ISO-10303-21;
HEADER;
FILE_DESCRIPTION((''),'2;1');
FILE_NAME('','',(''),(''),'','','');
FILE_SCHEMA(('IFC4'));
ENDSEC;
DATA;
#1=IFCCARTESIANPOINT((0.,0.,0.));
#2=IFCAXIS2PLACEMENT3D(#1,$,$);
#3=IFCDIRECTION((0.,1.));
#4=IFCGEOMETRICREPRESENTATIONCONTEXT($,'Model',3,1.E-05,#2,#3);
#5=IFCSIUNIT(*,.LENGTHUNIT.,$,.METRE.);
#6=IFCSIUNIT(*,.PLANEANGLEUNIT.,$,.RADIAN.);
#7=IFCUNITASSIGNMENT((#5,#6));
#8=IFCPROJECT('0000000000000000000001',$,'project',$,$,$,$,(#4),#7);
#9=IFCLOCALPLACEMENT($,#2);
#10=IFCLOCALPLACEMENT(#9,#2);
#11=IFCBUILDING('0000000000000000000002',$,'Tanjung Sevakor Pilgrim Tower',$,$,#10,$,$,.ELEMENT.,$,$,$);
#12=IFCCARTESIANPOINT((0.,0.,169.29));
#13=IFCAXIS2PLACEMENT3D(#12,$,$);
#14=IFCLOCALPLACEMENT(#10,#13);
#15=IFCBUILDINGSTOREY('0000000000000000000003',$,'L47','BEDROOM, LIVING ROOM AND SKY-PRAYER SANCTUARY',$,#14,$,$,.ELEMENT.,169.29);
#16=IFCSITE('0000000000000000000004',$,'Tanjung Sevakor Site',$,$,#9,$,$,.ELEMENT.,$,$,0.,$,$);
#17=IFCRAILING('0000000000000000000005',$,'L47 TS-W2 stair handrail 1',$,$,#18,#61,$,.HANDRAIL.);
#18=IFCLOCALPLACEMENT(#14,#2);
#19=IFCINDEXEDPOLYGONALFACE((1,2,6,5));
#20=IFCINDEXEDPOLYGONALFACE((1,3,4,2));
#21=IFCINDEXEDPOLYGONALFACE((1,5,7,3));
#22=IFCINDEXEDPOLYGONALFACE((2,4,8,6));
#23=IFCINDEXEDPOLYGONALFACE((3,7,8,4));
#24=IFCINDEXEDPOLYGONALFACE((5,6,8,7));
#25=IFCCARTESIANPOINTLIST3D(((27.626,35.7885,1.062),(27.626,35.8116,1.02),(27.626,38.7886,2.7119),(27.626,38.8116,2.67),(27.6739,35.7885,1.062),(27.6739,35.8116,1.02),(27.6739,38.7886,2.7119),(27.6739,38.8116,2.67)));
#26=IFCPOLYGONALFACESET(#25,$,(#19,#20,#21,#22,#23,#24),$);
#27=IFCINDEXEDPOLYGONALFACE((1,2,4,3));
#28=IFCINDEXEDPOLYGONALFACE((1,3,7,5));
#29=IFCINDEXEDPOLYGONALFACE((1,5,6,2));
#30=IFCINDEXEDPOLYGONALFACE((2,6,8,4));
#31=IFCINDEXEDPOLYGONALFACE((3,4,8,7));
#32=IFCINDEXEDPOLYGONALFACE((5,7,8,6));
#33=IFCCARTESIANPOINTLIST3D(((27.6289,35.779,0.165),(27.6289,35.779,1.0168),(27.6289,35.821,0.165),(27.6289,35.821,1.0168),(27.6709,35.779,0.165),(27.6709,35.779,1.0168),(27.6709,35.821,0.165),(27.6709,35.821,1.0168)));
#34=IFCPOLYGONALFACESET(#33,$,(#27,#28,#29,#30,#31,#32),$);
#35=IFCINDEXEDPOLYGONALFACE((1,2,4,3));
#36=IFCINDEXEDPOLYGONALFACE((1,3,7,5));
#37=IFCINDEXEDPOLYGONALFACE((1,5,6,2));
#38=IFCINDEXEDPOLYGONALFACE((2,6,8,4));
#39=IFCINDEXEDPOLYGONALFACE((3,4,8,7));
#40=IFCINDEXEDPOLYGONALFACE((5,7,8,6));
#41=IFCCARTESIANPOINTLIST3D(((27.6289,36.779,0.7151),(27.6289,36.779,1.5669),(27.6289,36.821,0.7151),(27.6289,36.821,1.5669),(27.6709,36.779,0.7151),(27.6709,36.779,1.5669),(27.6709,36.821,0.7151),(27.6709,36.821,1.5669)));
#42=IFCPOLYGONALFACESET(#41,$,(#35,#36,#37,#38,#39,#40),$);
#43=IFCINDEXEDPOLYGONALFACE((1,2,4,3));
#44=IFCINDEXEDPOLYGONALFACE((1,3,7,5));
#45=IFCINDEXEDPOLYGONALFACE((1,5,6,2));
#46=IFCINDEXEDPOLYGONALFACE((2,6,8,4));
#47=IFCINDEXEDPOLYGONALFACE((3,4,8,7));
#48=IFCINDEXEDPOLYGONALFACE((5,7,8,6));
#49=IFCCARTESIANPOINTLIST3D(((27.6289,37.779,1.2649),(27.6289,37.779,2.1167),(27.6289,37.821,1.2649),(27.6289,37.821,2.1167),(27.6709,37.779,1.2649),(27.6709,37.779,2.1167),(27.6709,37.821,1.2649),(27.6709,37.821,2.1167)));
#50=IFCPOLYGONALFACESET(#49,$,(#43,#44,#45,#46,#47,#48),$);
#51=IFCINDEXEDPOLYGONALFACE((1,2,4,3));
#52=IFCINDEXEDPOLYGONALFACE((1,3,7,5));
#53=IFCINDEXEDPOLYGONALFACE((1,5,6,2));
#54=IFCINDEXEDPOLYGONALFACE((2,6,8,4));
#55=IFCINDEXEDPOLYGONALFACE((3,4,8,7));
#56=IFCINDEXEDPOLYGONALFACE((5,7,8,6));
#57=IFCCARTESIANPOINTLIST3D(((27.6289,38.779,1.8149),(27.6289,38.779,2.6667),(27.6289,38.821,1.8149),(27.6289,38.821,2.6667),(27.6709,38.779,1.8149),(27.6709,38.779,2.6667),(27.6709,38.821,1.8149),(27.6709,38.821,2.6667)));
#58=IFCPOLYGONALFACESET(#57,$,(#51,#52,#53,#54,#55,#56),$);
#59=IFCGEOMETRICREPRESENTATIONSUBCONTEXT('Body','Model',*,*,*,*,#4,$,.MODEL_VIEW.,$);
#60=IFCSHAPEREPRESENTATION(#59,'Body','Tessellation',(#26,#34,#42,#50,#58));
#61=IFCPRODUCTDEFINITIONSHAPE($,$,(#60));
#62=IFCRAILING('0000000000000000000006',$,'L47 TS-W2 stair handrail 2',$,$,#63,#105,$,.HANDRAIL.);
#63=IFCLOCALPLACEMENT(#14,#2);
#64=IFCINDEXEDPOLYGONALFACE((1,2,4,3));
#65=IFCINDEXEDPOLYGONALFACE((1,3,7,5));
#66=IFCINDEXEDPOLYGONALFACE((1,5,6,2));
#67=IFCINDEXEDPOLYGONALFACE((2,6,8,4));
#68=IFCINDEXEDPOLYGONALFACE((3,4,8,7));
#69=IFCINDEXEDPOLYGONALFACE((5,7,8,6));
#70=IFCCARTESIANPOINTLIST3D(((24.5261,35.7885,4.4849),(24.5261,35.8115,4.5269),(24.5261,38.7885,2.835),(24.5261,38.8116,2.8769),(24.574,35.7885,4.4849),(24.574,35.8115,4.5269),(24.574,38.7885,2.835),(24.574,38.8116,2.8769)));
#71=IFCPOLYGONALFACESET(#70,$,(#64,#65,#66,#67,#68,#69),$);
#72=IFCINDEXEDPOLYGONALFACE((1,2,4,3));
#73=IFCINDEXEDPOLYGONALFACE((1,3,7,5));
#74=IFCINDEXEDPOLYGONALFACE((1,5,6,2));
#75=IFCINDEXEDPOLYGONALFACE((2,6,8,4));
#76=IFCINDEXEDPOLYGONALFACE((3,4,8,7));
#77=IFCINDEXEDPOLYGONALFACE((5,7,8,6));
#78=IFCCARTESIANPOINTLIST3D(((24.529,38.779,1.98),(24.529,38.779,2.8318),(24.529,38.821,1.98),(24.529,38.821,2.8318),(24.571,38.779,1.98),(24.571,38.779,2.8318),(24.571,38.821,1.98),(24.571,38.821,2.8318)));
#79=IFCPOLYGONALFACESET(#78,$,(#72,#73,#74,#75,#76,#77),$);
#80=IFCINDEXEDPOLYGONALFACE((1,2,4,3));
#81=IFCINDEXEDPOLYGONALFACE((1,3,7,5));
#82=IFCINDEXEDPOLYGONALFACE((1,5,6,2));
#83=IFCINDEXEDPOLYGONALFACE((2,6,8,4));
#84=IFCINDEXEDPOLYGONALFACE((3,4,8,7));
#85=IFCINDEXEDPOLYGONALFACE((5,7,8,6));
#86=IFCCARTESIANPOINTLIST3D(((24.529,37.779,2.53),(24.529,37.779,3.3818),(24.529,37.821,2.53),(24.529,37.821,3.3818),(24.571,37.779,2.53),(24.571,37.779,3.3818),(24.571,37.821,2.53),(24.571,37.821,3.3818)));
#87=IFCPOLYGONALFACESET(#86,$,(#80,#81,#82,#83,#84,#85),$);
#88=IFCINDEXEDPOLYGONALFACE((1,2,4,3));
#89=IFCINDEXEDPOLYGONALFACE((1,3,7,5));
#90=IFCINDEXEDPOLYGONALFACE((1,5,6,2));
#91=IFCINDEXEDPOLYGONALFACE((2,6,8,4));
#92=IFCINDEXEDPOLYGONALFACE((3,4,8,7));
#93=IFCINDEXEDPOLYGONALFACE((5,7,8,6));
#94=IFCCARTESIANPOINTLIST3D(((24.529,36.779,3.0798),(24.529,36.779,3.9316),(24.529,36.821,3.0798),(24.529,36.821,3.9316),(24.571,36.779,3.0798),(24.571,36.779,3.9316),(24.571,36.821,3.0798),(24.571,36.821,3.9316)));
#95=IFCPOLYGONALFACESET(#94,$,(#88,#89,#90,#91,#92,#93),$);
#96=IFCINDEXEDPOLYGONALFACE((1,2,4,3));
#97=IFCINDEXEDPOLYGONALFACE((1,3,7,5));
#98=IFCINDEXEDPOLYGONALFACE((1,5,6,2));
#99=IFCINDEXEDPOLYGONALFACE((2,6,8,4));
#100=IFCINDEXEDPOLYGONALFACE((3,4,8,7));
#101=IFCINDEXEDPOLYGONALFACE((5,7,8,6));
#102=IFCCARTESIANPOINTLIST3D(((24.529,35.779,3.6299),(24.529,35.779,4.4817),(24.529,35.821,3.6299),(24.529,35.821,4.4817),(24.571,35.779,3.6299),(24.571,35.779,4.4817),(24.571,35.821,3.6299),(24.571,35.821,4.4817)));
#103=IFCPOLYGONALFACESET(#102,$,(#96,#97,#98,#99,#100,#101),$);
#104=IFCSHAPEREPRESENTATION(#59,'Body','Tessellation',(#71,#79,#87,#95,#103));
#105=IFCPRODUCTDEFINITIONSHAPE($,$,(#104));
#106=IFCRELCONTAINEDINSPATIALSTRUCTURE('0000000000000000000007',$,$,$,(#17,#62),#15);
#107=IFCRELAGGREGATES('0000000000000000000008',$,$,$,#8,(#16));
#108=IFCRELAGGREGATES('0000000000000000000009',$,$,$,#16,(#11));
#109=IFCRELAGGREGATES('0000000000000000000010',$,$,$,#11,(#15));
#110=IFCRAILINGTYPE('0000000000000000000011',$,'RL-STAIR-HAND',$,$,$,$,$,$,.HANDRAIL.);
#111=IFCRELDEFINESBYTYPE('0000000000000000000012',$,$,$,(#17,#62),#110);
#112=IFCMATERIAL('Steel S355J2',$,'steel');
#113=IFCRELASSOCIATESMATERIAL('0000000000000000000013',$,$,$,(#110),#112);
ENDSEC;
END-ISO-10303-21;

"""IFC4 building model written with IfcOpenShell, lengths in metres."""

from ifc_helpers import new_model, si_unit, direction, frame, origin, place, context, subcontext, project, spatial, rectangle, extrude, material, type_object, element, save


model = new_model("IFC4")

# Units and contexts
model_context = context("Model", 3, precision=1e-05, world=origin(), true_north=direction((0.0, 1.0)))
body_context = subcontext(model_context, "Body", "Model", "MODEL_VIEW")
ifc_project = project(units=[si_unit("LENGTHUNIT", "METRE"), si_unit("PLANEANGLEUNIT", "RADIAN")], contexts=[model_context])

# Site, building, storey
site_placement = place(None, origin())
site = spatial("IfcSite", under=ifc_project, at=site_placement, Name="Tanjung Sevakor Site", CompositionType="ELEMENT", RefElevation=0.0)
building_placement = place(site_placement, origin())
building = spatial("IfcBuilding", under=site, at=building_placement, Name="Tanjung Sevakor Pilgrim Tower", CompositionType="ELEMENT")
storey_placement = place(building_placement, frame((0.0, 0.0, 169.29)))
storey = spatial("IfcBuildingStorey", under=building, at=storey_placement, Name="L47", Description="BEDROOM, LIVING ROOM AND SKY-PRAYER SANCTUARY", CompositionType="ELEMENT", Elevation=169.29)

# Railings
ifc_material_1 = material(Name="Steel S355J2", Category="steel")
railing_type_1 = type_object("IfcRailingType", Name="RL-STAIR-HAND", PredefinedType="HANDRAIL", material=ifc_material_1)
railing_1_placement = place(storey_placement, frame((27.6499, 35.8, 0.165)))
element("IfcRailing", 1, at=railing_1_placement, inside=storey, type_object=railing_type_1, Name="L47 TS-W2 stair handrail 1", PredefinedType="HANDRAIL", context=body_context, shape_type="SweptSolid", body=[
    extrude(rectangle(XDim=0.0479, YDim=0.0479), frame((0.0, 0.0, 0.876), z_axis=(0.0, 0.876228, 0.481897), x_axis=(-1.0, 0.0, 0.0)), (0.0, 0.0, 1.0), 3.4238),
    extrude(rectangle(XDim=0.042, YDim=0.042), origin(), (0.0, 0.0, 1.0), 0.8518),
    extrude(rectangle(XDim=0.042, YDim=0.042), frame((0.0, 1.0, 0.55)), (0.0, 0.0, 1.0), 0.8518),
    extrude(rectangle(XDim=0.042, YDim=0.042), frame((0.0, 2.0, 1.0999)), (0.0, 0.0, 1.0), 0.8518),
    extrude(rectangle(XDim=0.042, YDim=0.042), frame((0.0, 3.0, 1.6499)), (0.0, 0.0, 1.0), 0.8518),
])
railing_2_placement = place(storey_placement, frame((24.55, 38.8, 1.98)))
element("IfcRailing", 2, at=railing_2_placement, inside=storey, type_object=railing_type_1, Name="L47 TS-W2 stair handrail 2", PredefinedType="HANDRAIL", context=body_context, shape_type="SweptSolid", body=[
    extrude(rectangle(XDim=0.0479, YDim=0.0479), frame((0.0, 0.0, 0.876), z_axis=(0.0, -0.876228, 0.481897), x_axis=(1.0, 0.0, 0.0)), (0.0, 0.0, 1.0), 3.4238),
    extrude(rectangle(XDim=0.042, YDim=0.042), origin(), (0.0, 0.0, 1.0), 0.8518),
    extrude(rectangle(XDim=0.042, YDim=0.042), frame((0.0, -1.0, 0.55)), (0.0, 0.0, 1.0), 0.8518),
    extrude(rectangle(XDim=0.042, YDim=0.042), frame((0.0, -2.0, 1.0999)), (0.0, 0.0, 1.0), 0.8518),
    extrude(rectangle(XDim=0.042, YDim=0.042), frame((0.0, -3.0, 1.6499)), (0.0, 0.0, 1.0), 0.8518),
])

save(model, "model.ifc")
